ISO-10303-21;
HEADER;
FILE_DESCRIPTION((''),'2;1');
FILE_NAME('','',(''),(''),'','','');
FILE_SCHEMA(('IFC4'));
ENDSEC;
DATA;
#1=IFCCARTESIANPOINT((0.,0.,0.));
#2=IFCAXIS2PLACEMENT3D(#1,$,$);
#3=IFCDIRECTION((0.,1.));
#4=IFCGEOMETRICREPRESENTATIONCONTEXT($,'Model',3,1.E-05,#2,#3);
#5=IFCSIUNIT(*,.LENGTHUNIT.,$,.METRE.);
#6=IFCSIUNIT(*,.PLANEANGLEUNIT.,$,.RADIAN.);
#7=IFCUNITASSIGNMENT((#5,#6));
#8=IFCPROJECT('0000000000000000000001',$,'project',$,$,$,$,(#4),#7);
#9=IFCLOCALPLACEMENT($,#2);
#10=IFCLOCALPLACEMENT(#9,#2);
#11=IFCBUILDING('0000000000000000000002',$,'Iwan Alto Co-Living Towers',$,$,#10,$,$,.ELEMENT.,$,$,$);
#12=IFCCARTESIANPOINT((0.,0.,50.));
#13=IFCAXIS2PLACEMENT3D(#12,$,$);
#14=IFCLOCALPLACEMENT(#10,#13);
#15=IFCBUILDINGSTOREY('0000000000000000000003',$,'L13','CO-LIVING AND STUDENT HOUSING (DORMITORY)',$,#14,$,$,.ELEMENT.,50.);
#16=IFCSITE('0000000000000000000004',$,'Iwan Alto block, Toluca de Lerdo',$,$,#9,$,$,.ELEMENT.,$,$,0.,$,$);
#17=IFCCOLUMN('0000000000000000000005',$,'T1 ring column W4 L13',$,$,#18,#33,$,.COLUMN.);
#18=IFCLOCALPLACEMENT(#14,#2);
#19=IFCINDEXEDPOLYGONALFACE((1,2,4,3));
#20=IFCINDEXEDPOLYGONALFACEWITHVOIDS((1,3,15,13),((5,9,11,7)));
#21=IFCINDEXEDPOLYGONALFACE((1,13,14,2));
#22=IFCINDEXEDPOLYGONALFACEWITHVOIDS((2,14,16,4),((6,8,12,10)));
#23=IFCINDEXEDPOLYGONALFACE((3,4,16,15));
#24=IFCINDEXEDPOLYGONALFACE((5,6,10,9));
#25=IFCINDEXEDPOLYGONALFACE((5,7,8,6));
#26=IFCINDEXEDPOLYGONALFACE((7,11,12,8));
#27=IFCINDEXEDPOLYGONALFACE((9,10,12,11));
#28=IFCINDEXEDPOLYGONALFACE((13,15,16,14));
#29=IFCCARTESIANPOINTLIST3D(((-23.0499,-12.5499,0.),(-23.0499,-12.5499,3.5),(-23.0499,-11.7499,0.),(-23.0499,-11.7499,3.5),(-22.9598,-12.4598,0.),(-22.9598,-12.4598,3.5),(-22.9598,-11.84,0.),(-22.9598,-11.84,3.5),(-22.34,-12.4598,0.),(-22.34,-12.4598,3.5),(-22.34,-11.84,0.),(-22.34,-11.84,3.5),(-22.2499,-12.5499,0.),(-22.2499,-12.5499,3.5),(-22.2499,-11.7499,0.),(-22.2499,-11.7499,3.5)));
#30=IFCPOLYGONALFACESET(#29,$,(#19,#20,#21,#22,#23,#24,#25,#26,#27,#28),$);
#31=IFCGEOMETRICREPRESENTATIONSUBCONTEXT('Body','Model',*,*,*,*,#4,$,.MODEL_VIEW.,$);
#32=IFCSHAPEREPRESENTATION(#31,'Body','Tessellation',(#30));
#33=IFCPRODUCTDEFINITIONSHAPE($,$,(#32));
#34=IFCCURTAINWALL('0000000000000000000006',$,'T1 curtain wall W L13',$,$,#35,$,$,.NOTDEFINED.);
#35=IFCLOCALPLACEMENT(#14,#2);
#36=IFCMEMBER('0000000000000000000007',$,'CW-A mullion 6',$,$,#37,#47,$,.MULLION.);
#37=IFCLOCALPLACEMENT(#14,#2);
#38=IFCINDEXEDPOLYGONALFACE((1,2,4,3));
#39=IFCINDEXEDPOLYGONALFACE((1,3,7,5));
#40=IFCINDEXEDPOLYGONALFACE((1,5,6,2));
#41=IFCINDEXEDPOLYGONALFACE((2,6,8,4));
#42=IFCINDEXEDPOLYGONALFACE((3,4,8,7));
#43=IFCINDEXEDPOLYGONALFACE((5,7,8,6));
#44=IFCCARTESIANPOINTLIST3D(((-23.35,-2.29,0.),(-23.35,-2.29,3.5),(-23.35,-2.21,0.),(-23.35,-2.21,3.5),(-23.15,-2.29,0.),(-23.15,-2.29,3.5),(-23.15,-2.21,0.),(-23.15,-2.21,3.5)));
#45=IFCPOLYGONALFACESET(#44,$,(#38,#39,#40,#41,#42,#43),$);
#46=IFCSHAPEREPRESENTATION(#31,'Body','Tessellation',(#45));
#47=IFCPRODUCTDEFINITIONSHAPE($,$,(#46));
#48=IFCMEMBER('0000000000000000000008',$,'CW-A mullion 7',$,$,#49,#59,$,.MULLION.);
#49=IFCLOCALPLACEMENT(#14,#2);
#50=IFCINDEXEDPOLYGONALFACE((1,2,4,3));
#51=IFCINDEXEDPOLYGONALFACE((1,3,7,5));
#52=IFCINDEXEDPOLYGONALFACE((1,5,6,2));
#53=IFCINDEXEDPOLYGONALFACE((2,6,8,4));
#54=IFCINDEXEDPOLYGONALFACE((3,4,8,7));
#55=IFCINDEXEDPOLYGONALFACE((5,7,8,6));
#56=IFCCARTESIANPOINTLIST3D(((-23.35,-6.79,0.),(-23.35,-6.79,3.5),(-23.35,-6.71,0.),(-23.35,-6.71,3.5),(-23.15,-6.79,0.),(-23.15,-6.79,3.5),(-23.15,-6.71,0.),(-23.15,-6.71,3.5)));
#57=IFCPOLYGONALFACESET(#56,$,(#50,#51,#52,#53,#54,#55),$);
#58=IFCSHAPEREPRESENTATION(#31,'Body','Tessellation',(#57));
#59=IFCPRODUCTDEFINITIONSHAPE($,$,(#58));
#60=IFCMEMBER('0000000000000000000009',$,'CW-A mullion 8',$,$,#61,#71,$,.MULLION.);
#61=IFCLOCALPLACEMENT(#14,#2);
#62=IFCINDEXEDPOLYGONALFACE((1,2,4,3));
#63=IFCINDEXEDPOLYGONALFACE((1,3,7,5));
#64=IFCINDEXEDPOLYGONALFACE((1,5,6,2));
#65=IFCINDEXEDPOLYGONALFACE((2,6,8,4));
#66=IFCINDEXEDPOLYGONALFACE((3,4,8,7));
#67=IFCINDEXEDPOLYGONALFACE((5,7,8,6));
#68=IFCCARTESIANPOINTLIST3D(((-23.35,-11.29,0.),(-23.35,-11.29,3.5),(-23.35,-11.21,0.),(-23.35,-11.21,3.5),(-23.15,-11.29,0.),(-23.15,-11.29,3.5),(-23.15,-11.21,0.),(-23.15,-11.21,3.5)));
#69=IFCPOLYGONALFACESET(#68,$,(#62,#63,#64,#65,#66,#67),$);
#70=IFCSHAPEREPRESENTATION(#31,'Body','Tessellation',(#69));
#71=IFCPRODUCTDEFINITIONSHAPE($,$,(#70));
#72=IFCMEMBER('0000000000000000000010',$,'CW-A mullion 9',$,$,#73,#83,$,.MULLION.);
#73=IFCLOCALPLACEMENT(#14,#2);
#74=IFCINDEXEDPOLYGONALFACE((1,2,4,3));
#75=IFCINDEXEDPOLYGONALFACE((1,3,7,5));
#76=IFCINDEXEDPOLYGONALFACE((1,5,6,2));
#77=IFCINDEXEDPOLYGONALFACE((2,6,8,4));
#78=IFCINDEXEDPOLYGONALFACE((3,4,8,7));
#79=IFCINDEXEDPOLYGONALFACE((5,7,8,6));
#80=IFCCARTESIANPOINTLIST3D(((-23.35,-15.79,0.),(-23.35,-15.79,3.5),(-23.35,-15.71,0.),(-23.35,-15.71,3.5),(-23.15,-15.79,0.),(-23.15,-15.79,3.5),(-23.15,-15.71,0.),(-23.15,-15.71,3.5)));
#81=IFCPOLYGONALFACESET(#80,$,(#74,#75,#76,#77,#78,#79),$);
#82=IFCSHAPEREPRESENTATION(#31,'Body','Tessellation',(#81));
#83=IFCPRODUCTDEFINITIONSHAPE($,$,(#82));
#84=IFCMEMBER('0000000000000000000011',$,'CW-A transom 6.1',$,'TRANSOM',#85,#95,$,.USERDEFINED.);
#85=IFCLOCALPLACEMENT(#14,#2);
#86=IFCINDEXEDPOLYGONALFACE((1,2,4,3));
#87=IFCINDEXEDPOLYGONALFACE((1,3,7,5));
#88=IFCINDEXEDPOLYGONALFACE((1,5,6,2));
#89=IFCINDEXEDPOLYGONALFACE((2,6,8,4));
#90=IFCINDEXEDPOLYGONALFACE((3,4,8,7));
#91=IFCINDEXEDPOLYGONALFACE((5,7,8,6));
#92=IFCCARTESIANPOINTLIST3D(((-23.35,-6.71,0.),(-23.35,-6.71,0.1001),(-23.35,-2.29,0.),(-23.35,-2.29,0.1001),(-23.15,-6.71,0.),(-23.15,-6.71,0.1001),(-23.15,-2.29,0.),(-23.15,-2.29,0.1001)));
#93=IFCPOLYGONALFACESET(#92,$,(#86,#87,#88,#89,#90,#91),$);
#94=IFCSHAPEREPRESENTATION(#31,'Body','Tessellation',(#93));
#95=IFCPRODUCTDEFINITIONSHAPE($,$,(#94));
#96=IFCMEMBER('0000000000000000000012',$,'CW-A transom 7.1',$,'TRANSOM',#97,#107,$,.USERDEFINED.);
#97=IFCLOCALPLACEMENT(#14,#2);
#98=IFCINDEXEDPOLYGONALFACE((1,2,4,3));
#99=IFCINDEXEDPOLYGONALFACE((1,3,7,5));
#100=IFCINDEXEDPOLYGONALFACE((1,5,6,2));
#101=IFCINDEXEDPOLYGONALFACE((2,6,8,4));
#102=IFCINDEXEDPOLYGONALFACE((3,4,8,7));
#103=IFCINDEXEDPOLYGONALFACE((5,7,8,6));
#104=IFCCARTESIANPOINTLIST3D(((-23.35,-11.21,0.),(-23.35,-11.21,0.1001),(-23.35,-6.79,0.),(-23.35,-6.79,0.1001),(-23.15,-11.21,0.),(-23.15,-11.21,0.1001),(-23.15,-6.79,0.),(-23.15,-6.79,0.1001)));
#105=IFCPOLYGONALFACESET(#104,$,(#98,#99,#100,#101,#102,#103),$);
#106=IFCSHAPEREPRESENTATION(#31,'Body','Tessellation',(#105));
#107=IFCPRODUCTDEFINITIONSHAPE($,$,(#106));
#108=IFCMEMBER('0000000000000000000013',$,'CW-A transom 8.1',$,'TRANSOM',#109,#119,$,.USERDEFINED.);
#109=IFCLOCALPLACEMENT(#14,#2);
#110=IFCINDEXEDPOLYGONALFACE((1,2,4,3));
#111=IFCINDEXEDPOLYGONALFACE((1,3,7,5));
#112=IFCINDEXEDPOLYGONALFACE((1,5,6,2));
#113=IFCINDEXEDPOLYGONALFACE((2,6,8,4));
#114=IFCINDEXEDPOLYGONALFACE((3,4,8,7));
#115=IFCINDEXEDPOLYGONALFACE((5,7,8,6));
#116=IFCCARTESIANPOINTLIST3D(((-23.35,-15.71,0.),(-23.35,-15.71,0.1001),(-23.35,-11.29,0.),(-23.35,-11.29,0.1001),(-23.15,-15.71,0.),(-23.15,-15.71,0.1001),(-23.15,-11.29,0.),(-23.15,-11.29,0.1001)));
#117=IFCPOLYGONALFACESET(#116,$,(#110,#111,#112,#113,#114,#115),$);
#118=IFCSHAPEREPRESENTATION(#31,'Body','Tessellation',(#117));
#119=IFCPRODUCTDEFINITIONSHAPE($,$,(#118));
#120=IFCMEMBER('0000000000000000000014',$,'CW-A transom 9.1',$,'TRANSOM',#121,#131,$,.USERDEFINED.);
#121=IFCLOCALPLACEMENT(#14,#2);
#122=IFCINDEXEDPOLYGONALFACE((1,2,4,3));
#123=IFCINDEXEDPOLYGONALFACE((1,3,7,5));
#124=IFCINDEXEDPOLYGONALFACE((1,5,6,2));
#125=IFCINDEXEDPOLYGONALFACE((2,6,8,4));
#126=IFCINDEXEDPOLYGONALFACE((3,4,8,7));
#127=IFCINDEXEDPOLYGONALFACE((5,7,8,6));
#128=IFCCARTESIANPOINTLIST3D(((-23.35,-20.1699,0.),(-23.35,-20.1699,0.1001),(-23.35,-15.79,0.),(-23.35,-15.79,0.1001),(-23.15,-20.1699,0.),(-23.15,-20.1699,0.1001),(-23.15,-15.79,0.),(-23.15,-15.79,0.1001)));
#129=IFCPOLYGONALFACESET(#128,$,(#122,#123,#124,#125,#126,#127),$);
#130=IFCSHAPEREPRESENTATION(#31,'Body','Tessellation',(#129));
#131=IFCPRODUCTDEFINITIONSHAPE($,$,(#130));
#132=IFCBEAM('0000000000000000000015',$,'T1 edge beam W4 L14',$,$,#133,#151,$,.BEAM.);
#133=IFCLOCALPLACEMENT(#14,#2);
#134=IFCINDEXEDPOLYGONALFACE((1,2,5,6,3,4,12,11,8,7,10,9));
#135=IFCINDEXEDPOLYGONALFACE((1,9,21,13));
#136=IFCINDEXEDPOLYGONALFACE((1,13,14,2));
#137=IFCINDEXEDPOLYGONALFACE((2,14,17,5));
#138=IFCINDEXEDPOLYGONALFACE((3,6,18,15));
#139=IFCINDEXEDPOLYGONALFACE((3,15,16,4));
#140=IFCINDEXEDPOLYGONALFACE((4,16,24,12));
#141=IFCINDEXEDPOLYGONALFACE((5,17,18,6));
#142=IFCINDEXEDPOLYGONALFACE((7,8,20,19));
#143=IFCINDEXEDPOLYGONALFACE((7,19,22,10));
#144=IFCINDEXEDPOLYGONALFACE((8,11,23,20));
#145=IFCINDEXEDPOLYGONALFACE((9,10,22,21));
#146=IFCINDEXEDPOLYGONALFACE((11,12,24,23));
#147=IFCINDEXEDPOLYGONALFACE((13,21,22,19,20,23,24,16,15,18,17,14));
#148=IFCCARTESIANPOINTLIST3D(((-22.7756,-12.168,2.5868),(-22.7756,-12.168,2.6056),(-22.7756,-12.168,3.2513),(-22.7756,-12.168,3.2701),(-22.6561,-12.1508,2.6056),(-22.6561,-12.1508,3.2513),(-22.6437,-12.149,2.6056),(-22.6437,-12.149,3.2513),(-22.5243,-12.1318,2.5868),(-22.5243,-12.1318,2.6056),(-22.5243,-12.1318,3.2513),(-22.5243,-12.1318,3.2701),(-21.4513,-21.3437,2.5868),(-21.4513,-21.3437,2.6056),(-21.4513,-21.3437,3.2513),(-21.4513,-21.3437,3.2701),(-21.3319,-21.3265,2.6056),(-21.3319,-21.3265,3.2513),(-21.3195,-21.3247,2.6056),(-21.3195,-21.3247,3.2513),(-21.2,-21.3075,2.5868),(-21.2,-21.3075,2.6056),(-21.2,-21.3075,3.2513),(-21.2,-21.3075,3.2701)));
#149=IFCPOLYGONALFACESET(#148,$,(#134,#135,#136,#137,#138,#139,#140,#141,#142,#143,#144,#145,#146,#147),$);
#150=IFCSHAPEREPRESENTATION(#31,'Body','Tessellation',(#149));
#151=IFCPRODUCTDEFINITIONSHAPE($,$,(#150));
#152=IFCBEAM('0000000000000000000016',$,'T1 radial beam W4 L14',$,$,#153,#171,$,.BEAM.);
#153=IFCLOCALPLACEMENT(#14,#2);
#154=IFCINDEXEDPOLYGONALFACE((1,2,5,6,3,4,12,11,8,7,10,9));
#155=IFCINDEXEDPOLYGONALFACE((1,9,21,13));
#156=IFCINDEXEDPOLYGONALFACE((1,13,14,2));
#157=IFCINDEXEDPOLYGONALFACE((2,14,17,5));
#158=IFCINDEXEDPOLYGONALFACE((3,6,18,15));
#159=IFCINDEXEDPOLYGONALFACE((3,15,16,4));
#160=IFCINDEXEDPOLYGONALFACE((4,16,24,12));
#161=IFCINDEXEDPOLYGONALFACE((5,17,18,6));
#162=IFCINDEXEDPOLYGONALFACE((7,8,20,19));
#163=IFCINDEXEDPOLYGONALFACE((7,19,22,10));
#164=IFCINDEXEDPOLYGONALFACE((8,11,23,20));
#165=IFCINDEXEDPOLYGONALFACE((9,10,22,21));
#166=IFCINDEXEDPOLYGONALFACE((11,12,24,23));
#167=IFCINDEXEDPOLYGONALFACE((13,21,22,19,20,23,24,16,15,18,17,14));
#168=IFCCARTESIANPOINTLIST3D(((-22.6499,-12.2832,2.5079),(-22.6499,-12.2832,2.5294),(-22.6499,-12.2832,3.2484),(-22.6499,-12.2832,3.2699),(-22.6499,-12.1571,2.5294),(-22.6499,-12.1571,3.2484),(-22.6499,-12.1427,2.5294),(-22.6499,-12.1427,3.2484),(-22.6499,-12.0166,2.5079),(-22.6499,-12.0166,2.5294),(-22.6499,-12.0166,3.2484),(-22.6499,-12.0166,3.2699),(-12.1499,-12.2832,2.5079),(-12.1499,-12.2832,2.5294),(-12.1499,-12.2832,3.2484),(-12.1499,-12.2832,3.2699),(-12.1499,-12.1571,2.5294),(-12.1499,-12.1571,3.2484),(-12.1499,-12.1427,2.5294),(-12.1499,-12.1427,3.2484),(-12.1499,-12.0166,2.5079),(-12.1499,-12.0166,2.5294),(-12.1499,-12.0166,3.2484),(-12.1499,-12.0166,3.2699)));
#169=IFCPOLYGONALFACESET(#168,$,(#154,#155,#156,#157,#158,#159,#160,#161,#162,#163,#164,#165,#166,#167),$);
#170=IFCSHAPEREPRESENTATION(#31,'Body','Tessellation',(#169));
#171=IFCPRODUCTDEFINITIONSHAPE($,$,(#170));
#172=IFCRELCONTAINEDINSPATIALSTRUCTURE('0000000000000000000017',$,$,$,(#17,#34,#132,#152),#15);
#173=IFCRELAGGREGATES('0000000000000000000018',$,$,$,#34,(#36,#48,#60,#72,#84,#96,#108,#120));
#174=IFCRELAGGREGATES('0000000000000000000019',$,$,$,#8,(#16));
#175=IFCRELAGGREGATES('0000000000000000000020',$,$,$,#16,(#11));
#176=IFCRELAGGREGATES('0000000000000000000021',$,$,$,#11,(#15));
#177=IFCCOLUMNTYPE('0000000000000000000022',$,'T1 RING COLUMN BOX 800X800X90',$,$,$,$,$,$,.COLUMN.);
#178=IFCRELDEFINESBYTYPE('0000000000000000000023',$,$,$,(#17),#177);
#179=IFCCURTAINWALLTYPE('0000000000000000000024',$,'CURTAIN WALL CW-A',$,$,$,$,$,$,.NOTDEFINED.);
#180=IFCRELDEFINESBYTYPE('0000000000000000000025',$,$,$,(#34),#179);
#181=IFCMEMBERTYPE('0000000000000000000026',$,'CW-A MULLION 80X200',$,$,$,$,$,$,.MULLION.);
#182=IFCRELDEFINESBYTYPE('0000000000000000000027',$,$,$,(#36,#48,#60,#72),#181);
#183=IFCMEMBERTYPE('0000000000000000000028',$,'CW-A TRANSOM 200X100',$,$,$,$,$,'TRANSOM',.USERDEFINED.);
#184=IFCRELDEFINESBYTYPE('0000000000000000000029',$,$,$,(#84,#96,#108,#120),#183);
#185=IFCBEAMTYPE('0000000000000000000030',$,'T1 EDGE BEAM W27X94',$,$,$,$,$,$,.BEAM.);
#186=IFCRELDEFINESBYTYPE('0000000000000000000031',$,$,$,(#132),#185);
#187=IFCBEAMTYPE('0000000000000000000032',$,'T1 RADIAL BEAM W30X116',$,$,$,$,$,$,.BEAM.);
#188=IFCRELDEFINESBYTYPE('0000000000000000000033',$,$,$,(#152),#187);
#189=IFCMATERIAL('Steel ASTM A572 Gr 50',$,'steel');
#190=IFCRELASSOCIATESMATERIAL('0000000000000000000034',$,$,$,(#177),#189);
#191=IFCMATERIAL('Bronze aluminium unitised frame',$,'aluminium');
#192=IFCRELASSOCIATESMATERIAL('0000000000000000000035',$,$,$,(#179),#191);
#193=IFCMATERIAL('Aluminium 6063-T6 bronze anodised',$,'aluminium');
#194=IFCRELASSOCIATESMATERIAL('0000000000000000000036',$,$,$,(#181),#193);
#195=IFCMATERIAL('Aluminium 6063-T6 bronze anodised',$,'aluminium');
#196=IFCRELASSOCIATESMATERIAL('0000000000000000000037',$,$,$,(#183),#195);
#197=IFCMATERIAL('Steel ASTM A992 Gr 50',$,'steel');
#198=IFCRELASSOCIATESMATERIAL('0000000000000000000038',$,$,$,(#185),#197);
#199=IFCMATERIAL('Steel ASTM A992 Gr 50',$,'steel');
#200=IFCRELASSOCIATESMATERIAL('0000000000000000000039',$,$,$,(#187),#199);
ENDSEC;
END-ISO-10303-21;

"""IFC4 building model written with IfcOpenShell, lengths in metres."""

from ifc_helpers import new_model, si_unit, direction, frame, origin, origin_2d, place, context, subcontext, project, spatial, rectangle, hollow_rectangle, i_section, extrude, material, material_profile, profile_set, type_object, element, aggregate, save


model = new_model("IFC4")

# Units and contexts
model_context = context("Model", 3, precision=1e-05, world=origin(), true_north=direction((0.0, 1.0)))
body_context = subcontext(model_context, "Body", "Model", "MODEL_VIEW")
ifc_project = project(units=[si_unit("LENGTHUNIT", "METRE"), si_unit("PLANEANGLEUNIT", "RADIAN")], contexts=[model_context])

# Site, building, storey
site_placement = place(None, origin())
site = spatial("IfcSite", under=ifc_project, at=site_placement, Name="Iwan Alto block, Toluca de Lerdo", CompositionType="ELEMENT", RefElevation=0.0)
building_placement = place(site_placement, origin())
building = spatial("IfcBuilding", under=site, at=building_placement, Name="Iwan Alto Co-Living Towers", CompositionType="ELEMENT")
storey_placement = place(building_placement, frame((0.0, 0.0, 50.0)))
storey = spatial("IfcBuildingStorey", under=building, at=storey_placement, Name="L13", Description="CO-LIVING AND STUDENT HOUSING (DORMITORY)", CompositionType="ELEMENT", Elevation=50.0)

# Column
ifc_material_1 = material(Name="Steel ASTM A572 Gr 50", Category="steel")
ifc_material_profile_1 = material_profile(ifc_material_1, hollow_rectangle(XDim=0.8, YDim=0.8, WallThickness=0.0901, at=origin_2d()), Name="BOX 800X800X90")
ifc_profile_set_1 = profile_set([ifc_material_profile_1], Name="Steel ASTM A572 Gr 50")
column_type = type_object("IfcColumnType", Name="T1 RING COLUMN BOX 800X800X90", PredefinedType="COLUMN", material=ifc_profile_set_1)
column_placement = place(storey_placement, frame((-22.6499, -12.1499, 0.0), z_axis=(0.0, 0.0, 1.0), x_axis=(1.0, 0.0, 0.0)))
element("IfcColumn", 1, at=column_placement, inside=storey, type_object=column_type, Name="T1 ring column W4 L13", PredefinedType="COLUMN", context=body_context, shape_type="SweptSolid", body=[
    extrude(hollow_rectangle(XDim=0.8, YDim=0.8, WallThickness=0.0901, at=origin_2d()), origin(), (0.0, 0.0, 1.0), 3.5),
])

# Curtain wall, members
ifc_material_2 = material(Name="Bronze aluminium unitised frame", Category="aluminium")
curtain_wall_type = type_object("IfcCurtainWallType", Name="CURTAIN WALL CW-A", PredefinedType="NOTDEFINED", material=ifc_material_2)
curtain_wall_placement = place(storey_placement, origin())
curtain_wall = element("IfcCurtainWall", 2, at=curtain_wall_placement, inside=storey, type_object=curtain_wall_type, Name="T1 curtain wall W L13", PredefinedType="NOTDEFINED")
ifc_material_3 = material(Name="Aluminium 6063-T6 bronze anodised", Category="aluminium")
ifc_material_profile_2 = material_profile(ifc_material_3, rectangle(XDim=0.2, YDim=0.0801, at=origin_2d()), Name="AL 80X200")
ifc_profile_set_2 = profile_set([ifc_material_profile_2], Name="Aluminium 6063-T6 bronze anodised")
member_type_1 = type_object("IfcMemberType", Name="CW-A MULLION 80X200", PredefinedType="MULLION", material=ifc_profile_set_2)
member_1_placement = place(storey_placement, frame((-23.25, -2.25, 0.0), z_axis=(0.0, 0.0, 1.0), x_axis=(1.0, 0.0, 0.0)))
member_1 = element("IfcMember", 3, at=member_1_placement, type_object=member_type_1, Name="CW-A mullion 6", PredefinedType="MULLION", context=body_context, shape_type="SweptSolid", body=[
    extrude(rectangle(XDim=0.2, YDim=0.0801, at=origin_2d()), origin(), (0.0, 0.0, 1.0), 3.5),
])
member_2_placement = place(storey_placement, frame((-23.25, -6.75, 0.0), z_axis=(0.0, 0.0, 1.0), x_axis=(1.0, 0.0, 0.0)))
member_2 = element("IfcMember", 4, at=member_2_placement, type_object=member_type_1, Name="CW-A mullion 7", PredefinedType="MULLION", context=body_context, shape_type="SweptSolid", body=[
    extrude(rectangle(XDim=0.2, YDim=0.0801, at=origin_2d()), origin(), (0.0, 0.0, 1.0), 3.5),
])
member_3_placement = place(storey_placement, frame((-23.25, -11.25, 0.0), z_axis=(0.0, 0.0, 1.0), x_axis=(1.0, 0.0, 0.0)))
member_3 = element("IfcMember", 5, at=member_3_placement, type_object=member_type_1, Name="CW-A mullion 8", PredefinedType="MULLION", context=body_context, shape_type="SweptSolid", body=[
    extrude(rectangle(XDim=0.2, YDim=0.0801, at=origin_2d()), origin(), (0.0, 0.0, 1.0), 3.5),
])
member_4_placement = place(storey_placement, frame((-23.25, -15.75, 0.0), z_axis=(0.0, 0.0, 1.0), x_axis=(1.0, 0.0, 0.0)))
member_4 = element("IfcMember", 6, at=member_4_placement, type_object=member_type_1, Name="CW-A mullion 9", PredefinedType="MULLION", context=body_context, shape_type="SweptSolid", body=[
    extrude(rectangle(XDim=0.2, YDim=0.0801, at=origin_2d()), origin(), (0.0, 0.0, 1.0), 3.5),
])
ifc_material_4 = material(Name="Aluminium 6063-T6 bronze anodised", Category="aluminium")
ifc_material_profile_3 = material_profile(ifc_material_4, rectangle(XDim=0.2, YDim=0.1001, at=origin_2d()), Name="AL 200X100")
ifc_profile_set_3 = profile_set([ifc_material_profile_3], Name="Aluminium 6063-T6 bronze anodised")
member_type_2 = type_object("IfcMemberType", Name="CW-A TRANSOM 200X100", ElementType="TRANSOM", PredefinedType="USERDEFINED", material=ifc_profile_set_3)
member_5_placement = place(storey_placement, frame((-23.25, -2.29, 0.05), z_axis=(0.0, -1.0, 0.0), x_axis=(1.0, 0.0, 0.0)))
member_5 = element("IfcMember", 7, at=member_5_placement, type_object=member_type_2, Name="CW-A transom 6.1", ObjectType="TRANSOM", PredefinedType="USERDEFINED", context=body_context, shape_type="SweptSolid", body=[
    extrude(rectangle(XDim=0.2, YDim=0.1001, at=origin_2d()), origin(), (0.0, 0.0, 1.0), 4.4199),
])
member_6_placement = place(storey_placement, frame((-23.25, -6.79, 0.05), z_axis=(0.0, -1.0, 0.0), x_axis=(1.0, 0.0, 0.0)))
member_6 = element("IfcMember", 8, at=member_6_placement, type_object=member_type_2, Name="CW-A transom 7.1", ObjectType="TRANSOM", PredefinedType="USERDEFINED", context=body_context, shape_type="SweptSolid", body=[
    extrude(rectangle(XDim=0.2, YDim=0.1001, at=origin_2d()), origin(), (0.0, 0.0, 1.0), 4.4199),
])
member_7_placement = place(storey_placement, frame((-23.25, -11.29, 0.05), z_axis=(0.0, -1.0, 0.0), x_axis=(1.0, 0.0, 0.0)))
member_7 = element("IfcMember", 9, at=member_7_placement, type_object=member_type_2, Name="CW-A transom 8.1", ObjectType="TRANSOM", PredefinedType="USERDEFINED", context=body_context, shape_type="SweptSolid", body=[
    extrude(rectangle(XDim=0.2, YDim=0.1001, at=origin_2d()), origin(), (0.0, 0.0, 1.0), 4.4199),
])
member_8_placement = place(storey_placement, frame((-23.25, -15.79, 0.05), z_axis=(0.0, -1.0, 0.0), x_axis=(1.0, 0.0, 0.0)))
member_8 = element("IfcMember", 10, at=member_8_placement, type_object=member_type_2, Name="CW-A transom 9.1", ObjectType="TRANSOM", PredefinedType="USERDEFINED", context=body_context, shape_type="SweptSolid", body=[
    extrude(rectangle(XDim=0.2, YDim=0.1001, at=origin_2d()), origin(), (0.0, 0.0, 1.0), 4.3799),
])

# Beams
ifc_material_5 = material(Name="Steel ASTM A992 Gr 50", Category="steel")
ifc_material_profile_4 = material_profile(ifc_material_5, i_section(OverallWidth=0.2539, OverallDepth=0.6833, WebThickness=0.0125, FlangeThickness=0.0188, at=origin_2d()), Name="W27X94")
ifc_profile_set_4 = profile_set([ifc_material_profile_4], Name="Steel ASTM A992 Gr 50")
beam_type_1 = type_object("IfcBeamType", Name="T1 EDGE BEAM W27X94", PredefinedType="BEAM", material=ifc_profile_set_4)
beam_1_placement = place(storey_placement, frame((-22.6499, -12.1499, 2.9285), z_axis=(0.142837, -0.989746, 0.0), x_axis=(0.989746, 0.142837, 0.0)))
element("IfcBeam", 11, at=beam_1_placement, inside=storey, type_object=beam_type_1, Name="T1 edge beam W4 L14", PredefinedType="BEAM", context=body_context, shape_type="SweptSolid", body=[
    extrude(i_section(OverallWidth=0.2539, OverallDepth=0.6833, WebThickness=0.0125, FlangeThickness=0.0188, at=origin_2d()), origin(), (0.0, 0.0, 1.0), 9.2708),
])
ifc_material_6 = material(Name="Steel ASTM A992 Gr 50", Category="steel")
ifc_material_profile_5 = material_profile(ifc_material_6, i_section(OverallWidth=0.2666, OverallDepth=0.762, WebThickness=0.0144, FlangeThickness=0.0215, at=origin_2d()), Name="W30X116")
ifc_profile_set_5 = profile_set([ifc_material_profile_5], Name="Steel ASTM A992 Gr 50")
beam_type_2 = type_object("IfcBeamType", Name="T1 RADIAL BEAM W30X116", PredefinedType="BEAM", material=ifc_profile_set_5)
beam_2_placement = place(storey_placement, frame((-22.6499, -12.1499, 2.8889), z_axis=(1.0, 0.0, 0.0), x_axis=(0.0, 1.0, 0.0)))
element("IfcBeam", 12, at=beam_2_placement, inside=storey, type_object=beam_type_2, Name="T1 radial beam W4 L14", PredefinedType="BEAM", context=body_context, shape_type="SweptSolid", body=[
    extrude(i_section(OverallWidth=0.2666, OverallDepth=0.762, WebThickness=0.0144, FlangeThickness=0.0215, at=origin_2d()), origin(), (0.0, 0.0, 1.0), 10.5),
])

aggregate(curtain_wall, [member_1, member_2, member_3, member_4, member_5, member_6, member_7, member_8])

save(model, "model.ifc")
